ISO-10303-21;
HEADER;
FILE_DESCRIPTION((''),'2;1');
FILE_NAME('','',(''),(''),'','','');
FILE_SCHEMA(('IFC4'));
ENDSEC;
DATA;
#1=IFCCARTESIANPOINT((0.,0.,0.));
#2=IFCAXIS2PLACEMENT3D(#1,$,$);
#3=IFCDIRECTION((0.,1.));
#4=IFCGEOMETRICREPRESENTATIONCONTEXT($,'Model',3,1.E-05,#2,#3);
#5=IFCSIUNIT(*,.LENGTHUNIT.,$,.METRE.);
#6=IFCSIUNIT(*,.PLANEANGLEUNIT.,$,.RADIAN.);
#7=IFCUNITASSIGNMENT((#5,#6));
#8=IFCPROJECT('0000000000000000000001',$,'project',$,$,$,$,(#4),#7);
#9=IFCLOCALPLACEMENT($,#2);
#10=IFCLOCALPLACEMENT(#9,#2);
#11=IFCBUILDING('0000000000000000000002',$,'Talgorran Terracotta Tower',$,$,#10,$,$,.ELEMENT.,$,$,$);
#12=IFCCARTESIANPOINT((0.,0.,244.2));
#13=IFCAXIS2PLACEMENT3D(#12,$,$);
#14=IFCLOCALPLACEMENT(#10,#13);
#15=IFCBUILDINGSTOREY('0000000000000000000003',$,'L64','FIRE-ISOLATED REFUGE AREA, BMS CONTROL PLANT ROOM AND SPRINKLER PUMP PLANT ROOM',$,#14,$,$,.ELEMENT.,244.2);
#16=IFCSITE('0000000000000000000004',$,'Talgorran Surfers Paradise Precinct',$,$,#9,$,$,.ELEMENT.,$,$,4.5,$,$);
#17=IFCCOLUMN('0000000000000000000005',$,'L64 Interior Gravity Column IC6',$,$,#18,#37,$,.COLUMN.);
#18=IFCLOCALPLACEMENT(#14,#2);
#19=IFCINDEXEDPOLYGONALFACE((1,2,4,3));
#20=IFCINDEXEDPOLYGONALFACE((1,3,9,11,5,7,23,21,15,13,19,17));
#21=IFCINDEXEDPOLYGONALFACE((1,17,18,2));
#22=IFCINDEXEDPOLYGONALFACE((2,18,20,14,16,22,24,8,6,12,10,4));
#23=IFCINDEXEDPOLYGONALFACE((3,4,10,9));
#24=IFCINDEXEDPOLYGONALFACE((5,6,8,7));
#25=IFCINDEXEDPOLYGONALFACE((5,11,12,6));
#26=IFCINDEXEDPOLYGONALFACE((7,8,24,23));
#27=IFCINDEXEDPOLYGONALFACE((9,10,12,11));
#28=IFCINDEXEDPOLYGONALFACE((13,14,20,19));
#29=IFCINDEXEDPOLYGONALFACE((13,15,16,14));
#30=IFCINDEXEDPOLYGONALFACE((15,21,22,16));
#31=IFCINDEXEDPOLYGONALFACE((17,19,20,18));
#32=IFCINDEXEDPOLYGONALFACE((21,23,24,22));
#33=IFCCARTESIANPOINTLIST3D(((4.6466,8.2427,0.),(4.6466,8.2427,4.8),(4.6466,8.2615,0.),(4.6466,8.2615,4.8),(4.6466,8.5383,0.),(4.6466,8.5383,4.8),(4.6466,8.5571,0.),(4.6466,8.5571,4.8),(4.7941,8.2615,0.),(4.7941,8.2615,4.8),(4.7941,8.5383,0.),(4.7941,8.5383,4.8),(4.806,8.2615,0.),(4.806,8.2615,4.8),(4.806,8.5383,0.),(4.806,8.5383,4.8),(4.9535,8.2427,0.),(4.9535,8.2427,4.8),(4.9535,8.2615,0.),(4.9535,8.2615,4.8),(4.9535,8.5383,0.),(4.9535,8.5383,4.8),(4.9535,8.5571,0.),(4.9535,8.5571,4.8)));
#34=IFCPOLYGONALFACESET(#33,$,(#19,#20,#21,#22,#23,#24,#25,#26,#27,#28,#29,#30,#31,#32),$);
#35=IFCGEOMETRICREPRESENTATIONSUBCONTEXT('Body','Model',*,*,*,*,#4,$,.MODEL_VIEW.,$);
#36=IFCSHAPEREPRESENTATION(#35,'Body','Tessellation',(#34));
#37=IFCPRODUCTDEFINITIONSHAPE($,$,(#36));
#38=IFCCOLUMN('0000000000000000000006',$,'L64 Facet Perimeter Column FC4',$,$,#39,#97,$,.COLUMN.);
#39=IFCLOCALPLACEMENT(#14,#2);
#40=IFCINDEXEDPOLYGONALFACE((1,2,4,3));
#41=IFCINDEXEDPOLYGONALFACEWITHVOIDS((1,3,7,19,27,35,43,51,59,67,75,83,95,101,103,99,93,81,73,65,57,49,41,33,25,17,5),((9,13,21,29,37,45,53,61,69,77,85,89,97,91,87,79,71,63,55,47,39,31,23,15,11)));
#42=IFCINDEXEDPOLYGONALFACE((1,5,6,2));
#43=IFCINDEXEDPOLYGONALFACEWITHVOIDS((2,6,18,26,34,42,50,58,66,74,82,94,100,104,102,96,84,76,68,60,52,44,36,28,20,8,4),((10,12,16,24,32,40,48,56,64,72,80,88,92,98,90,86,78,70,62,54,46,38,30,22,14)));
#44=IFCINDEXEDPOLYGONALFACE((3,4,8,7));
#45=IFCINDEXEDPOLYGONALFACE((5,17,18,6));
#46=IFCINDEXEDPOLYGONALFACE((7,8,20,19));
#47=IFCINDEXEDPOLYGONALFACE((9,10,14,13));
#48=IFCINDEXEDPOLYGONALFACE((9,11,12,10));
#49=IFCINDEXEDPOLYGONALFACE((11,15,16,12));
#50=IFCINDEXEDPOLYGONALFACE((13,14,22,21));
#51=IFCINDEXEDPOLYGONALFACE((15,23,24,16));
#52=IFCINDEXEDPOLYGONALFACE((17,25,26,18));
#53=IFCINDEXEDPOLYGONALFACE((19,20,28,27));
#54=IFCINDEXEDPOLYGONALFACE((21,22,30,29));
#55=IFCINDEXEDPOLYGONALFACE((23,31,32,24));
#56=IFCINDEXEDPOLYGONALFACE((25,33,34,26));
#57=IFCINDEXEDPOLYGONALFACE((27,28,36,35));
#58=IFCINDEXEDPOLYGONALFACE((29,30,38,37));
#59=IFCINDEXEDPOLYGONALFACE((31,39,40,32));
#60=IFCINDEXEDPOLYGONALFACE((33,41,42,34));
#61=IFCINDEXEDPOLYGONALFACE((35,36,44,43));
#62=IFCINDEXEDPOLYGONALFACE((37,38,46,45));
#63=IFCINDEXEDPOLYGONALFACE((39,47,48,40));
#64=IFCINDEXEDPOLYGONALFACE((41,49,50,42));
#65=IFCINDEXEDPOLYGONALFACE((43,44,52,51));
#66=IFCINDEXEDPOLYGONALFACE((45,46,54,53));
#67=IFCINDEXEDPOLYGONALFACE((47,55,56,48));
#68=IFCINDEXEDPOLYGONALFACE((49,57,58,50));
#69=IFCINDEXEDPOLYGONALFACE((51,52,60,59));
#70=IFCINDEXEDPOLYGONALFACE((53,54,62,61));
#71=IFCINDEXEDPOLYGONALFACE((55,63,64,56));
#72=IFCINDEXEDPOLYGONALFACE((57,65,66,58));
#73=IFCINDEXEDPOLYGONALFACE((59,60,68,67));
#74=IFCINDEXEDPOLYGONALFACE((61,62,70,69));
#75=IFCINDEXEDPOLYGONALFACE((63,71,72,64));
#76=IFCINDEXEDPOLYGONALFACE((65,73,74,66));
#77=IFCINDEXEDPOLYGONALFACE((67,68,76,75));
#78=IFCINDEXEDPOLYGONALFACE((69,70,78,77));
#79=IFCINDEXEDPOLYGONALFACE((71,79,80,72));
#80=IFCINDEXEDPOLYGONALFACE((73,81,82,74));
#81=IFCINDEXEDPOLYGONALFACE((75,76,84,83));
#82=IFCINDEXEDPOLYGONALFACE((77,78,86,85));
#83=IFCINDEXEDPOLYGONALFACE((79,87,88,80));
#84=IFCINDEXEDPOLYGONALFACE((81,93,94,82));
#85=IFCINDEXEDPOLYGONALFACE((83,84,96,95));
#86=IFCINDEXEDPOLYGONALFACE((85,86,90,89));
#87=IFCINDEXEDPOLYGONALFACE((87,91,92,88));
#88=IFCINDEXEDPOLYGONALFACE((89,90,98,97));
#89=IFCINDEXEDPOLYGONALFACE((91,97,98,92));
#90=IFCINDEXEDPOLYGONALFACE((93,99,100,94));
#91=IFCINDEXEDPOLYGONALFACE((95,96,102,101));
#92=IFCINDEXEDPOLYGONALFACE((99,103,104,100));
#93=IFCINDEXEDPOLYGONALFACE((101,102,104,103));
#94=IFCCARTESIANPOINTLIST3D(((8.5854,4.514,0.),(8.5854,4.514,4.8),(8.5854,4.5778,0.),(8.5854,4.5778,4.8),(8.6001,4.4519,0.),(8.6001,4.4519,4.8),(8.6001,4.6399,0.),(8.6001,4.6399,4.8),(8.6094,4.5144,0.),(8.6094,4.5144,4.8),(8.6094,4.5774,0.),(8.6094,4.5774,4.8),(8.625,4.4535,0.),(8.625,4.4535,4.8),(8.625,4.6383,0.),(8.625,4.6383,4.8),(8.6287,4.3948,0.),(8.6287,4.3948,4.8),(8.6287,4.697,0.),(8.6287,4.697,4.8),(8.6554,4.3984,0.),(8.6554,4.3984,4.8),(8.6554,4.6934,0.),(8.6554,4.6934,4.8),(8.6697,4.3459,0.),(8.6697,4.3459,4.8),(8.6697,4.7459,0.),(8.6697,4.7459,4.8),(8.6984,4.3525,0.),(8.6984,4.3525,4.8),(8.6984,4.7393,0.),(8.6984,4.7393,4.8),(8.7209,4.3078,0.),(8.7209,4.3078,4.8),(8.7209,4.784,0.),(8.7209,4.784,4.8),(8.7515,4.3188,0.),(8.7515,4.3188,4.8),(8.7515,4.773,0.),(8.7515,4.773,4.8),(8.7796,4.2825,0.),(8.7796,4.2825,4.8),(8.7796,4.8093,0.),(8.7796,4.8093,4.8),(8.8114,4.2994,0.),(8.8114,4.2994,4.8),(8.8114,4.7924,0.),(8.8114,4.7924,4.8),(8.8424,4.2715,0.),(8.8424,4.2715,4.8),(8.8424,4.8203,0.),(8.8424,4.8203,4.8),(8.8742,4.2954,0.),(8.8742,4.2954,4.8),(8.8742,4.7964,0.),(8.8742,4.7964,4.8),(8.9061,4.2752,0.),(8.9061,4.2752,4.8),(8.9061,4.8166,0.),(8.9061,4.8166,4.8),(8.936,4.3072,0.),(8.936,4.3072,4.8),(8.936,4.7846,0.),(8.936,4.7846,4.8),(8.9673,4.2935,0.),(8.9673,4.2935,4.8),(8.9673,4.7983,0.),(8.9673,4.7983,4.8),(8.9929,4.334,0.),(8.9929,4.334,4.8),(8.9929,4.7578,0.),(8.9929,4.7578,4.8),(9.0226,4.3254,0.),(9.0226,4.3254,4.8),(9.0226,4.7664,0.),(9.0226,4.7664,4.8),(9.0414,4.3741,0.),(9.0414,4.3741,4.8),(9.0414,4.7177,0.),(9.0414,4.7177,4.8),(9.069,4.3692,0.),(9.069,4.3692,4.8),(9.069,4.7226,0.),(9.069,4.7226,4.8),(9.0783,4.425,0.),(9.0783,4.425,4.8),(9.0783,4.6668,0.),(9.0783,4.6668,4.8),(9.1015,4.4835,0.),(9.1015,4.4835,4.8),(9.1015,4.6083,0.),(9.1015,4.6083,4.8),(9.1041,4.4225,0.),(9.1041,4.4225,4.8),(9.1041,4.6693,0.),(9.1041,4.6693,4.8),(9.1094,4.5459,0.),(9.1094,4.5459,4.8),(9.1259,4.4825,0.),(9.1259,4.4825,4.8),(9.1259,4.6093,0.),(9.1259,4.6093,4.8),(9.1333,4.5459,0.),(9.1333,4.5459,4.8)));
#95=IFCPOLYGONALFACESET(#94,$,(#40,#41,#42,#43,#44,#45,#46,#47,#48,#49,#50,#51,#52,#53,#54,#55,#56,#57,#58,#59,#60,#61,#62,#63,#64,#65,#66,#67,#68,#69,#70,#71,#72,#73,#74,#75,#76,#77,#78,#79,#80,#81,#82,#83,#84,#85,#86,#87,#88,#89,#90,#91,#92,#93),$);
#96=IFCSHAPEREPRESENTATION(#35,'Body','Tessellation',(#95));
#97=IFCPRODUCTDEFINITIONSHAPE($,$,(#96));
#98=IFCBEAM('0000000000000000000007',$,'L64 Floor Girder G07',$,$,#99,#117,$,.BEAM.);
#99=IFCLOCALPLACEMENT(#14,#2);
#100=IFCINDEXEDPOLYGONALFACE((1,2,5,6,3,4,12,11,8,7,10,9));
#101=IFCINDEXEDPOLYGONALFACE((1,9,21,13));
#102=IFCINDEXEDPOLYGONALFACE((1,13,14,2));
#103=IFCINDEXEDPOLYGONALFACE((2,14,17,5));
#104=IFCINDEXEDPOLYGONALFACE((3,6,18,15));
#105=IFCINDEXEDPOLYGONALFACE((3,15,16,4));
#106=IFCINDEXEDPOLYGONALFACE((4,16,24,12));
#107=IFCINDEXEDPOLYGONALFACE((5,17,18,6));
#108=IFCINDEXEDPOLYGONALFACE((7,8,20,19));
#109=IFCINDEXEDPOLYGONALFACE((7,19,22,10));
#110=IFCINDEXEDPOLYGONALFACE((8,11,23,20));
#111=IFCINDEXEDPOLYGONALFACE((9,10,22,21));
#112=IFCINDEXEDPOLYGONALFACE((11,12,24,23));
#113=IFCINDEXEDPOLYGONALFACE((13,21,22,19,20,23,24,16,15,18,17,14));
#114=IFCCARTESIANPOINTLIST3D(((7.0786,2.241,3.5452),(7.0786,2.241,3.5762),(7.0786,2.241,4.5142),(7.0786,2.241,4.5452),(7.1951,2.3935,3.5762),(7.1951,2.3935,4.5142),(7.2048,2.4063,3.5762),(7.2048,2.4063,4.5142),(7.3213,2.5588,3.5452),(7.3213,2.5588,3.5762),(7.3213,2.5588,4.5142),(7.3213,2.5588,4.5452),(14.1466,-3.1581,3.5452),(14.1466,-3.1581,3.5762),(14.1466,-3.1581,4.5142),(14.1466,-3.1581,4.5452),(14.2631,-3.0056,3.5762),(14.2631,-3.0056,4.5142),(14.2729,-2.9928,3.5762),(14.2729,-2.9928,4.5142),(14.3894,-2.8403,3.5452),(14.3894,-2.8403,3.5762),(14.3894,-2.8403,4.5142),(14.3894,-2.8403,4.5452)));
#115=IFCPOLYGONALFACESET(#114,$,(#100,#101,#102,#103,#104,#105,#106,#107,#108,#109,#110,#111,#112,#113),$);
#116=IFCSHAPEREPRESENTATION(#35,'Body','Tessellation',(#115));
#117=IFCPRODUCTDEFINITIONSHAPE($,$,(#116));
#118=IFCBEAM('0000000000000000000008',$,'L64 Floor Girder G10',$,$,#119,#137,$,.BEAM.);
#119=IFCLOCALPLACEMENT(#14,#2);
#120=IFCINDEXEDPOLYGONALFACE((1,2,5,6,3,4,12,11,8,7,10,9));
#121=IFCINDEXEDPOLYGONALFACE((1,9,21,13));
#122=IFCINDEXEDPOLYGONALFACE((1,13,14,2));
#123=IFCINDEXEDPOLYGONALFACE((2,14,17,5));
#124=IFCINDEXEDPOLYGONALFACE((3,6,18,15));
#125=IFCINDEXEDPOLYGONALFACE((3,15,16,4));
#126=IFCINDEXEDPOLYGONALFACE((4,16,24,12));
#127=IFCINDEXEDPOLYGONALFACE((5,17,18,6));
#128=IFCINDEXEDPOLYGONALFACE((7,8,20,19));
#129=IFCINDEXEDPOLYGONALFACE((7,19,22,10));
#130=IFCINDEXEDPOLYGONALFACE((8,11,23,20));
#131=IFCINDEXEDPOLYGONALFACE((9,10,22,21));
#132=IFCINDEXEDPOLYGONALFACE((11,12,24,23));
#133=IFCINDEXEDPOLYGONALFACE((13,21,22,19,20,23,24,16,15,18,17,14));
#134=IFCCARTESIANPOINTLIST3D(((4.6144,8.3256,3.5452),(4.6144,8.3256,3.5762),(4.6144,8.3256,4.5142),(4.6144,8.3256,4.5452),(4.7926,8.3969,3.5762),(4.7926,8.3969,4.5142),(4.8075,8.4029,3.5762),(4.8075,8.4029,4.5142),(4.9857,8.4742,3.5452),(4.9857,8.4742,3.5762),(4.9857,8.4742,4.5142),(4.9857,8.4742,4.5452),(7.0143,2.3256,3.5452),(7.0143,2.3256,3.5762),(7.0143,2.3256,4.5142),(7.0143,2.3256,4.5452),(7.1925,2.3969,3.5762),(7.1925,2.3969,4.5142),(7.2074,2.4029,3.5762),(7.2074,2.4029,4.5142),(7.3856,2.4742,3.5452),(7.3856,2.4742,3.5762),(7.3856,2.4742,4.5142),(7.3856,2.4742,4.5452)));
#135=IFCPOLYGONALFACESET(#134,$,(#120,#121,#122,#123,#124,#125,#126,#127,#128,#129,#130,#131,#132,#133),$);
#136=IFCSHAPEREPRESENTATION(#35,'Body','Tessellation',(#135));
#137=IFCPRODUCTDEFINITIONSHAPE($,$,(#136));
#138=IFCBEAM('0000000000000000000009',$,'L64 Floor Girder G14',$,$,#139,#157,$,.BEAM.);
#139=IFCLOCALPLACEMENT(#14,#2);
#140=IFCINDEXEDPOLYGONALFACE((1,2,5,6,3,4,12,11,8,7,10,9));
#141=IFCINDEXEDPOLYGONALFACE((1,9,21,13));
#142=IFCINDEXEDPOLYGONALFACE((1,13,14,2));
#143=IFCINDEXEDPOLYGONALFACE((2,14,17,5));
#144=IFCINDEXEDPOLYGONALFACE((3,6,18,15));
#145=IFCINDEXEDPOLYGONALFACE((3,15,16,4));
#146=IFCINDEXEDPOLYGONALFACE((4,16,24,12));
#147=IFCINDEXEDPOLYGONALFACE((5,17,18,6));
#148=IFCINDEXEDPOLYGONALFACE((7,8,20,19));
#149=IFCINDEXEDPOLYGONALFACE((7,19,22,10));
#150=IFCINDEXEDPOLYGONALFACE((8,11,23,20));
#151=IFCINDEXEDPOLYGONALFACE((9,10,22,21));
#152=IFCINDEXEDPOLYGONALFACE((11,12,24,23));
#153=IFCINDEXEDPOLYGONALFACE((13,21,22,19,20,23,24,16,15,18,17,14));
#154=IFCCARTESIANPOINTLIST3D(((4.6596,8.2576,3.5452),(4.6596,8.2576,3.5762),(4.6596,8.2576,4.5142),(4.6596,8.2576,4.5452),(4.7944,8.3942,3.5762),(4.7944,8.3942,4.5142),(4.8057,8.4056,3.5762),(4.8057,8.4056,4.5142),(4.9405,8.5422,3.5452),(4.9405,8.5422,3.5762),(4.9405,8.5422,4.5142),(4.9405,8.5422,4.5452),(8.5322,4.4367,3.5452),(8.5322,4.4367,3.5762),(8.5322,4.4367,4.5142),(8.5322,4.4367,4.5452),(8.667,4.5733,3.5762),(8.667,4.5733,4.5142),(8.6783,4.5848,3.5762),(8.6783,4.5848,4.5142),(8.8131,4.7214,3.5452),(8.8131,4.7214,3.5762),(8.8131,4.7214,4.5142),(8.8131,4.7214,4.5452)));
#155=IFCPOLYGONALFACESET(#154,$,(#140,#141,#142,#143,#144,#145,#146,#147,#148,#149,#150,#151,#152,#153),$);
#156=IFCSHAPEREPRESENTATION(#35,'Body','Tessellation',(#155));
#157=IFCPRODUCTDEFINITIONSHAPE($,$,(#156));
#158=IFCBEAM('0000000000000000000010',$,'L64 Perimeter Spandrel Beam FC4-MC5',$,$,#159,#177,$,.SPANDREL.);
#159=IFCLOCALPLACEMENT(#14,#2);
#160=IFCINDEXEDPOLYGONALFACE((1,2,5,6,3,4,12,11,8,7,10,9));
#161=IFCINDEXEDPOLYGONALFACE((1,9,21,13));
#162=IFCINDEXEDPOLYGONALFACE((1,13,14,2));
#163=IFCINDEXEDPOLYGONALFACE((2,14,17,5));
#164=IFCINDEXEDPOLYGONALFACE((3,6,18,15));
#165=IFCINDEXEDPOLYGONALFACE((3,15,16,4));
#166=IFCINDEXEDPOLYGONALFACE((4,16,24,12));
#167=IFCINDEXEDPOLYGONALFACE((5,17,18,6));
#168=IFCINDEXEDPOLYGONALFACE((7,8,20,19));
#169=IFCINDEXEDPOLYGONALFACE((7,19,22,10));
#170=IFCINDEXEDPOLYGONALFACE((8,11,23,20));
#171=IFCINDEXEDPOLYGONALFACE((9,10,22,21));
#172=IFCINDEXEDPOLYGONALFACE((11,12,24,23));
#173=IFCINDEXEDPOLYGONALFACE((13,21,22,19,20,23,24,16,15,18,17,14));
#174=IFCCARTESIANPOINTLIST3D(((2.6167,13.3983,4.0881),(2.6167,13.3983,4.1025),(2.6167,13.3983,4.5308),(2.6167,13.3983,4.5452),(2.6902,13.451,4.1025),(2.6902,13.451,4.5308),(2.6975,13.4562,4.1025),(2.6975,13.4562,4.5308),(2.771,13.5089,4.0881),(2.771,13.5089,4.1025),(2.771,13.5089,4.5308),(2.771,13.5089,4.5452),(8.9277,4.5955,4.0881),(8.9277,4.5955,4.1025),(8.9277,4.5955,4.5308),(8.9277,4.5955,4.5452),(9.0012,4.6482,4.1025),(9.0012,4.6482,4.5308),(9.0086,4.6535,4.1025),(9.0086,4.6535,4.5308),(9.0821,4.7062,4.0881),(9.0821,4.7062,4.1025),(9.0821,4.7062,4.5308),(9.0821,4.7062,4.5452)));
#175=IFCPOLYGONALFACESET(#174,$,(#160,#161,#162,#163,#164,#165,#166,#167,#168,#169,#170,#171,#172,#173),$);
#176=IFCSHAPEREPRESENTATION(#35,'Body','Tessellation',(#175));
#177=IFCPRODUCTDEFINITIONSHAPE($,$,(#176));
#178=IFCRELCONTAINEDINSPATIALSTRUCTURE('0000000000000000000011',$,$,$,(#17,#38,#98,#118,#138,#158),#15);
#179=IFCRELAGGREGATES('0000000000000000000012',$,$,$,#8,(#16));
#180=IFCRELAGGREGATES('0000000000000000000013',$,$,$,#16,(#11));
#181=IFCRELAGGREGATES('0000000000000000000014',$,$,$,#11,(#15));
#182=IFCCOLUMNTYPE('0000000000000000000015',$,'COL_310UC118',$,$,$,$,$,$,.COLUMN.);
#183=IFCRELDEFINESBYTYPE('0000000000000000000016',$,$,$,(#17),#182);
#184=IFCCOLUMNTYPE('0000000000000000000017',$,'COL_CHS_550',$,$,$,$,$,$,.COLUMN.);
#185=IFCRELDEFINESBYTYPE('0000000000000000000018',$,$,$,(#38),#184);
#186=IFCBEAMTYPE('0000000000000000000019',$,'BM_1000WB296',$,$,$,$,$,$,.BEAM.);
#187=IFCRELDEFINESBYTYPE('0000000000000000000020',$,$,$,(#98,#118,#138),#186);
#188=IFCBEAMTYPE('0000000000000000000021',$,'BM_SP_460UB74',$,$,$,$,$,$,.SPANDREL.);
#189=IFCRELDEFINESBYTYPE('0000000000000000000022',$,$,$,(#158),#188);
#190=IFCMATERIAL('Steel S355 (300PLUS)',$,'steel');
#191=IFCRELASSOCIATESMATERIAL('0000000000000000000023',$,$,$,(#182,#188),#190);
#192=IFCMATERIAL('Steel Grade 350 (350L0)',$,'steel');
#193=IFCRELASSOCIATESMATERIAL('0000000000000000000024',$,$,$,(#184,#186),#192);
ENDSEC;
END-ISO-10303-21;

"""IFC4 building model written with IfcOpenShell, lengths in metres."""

from ifc_helpers import new_model, si_unit, direction, frame, origin, origin_2d, place, context, subcontext, project, spatial, hollow_circle, i_section, extrude, material, material_profile, profile_set, type_object, element, save


model = new_model("IFC4")

# Units and contexts
model_context = context("Model", 3, precision=1e-05, world=origin(), true_north=direction((0.0, 1.0)))
body_context = subcontext(model_context, "Body", "Model", "MODEL_VIEW")
ifc_project = project(units=[si_unit("LENGTHUNIT", "METRE"), si_unit("PLANEANGLEUNIT", "RADIAN")], contexts=[model_context])

# Site, building, storey
site_placement = place(None, origin())
site = spatial("IfcSite", under=ifc_project, at=site_placement, Name="Talgorran Surfers Paradise Precinct", CompositionType="ELEMENT", RefElevation=4.5)
building_placement = place(site_placement, origin())
building = spatial("IfcBuilding", under=site, at=building_placement, Name="Talgorran Terracotta Tower", CompositionType="ELEMENT")
storey_placement = place(building_placement, frame((0.0, 0.0, 244.2)))
storey = spatial("IfcBuildingStorey", under=building, at=storey_placement, Name="L64", Description="FIRE-ISOLATED REFUGE AREA, BMS CONTROL PLANT ROOM AND SPRINKLER PUMP PLANT ROOM", CompositionType="ELEMENT", Elevation=244.2)

# Columns
ifc_material_1 = material(Name="Steel S355 (300PLUS)", Category="steel")
ifc_material_profile_1 = material_profile(ifc_material_1, i_section(OverallWidth=0.3069, OverallDepth=0.3145, WebThickness=0.012, FlangeThickness=0.0188, at=origin_2d()), Name="310UC118")
ifc_profile_set_1 = profile_set([ifc_material_profile_1], Name="Steel S355 (300PLUS)")
column_type_1 = type_object("IfcColumnType", Name="COL_310UC118", PredefinedType="COLUMN", material=ifc_profile_set_1)
column_1_placement = place(storey_placement, frame((4.8, 8.3999, 0.0), z_axis=(0.0, 0.0, 1.0), x_axis=(1.0, 0.0, 0.0)))
element("IfcColumn", 1, at=column_1_placement, inside=storey, type_object=column_type_1, Name="L64 Interior Gravity Column IC6", PredefinedType="COLUMN", context=body_context, shape_type="SweptSolid", body=[
    extrude(i_section(OverallWidth=0.3069, OverallDepth=0.3145, WebThickness=0.012, FlangeThickness=0.0188, at=origin_2d()), origin(), (0.0, 0.0, 1.0), 4.8),
])
ifc_material_2 = material(Name="Steel Grade 350 (350L0)", Category="steel")
ifc_material_profile_2 = material_profile(ifc_material_2, hollow_circle(Radius=0.2749, WallThickness=0.0239, at=origin_2d()), Name="CHS550X24")
ifc_profile_set_2 = profile_set([ifc_material_profile_2], Name="Steel Grade 350 (350L0)")
column_type_2 = type_object("IfcColumnType", Name="COL_CHS_550", PredefinedType="COLUMN", material=ifc_profile_set_2)
column_2_placement = place(storey_placement, frame((8.8584, 4.5459, 0.0), z_axis=(0.0, 0.0, 1.0), x_axis=(1.0, 0.0, 0.0)))
element("IfcColumn", 2, at=column_2_placement, inside=storey, type_object=column_type_2, Name="L64 Facet Perimeter Column FC4", PredefinedType="COLUMN", context=body_context, shape_type="SweptSolid", body=[
    extrude(hollow_circle(Radius=0.2749, WallThickness=0.0239, at=origin_2d()), origin(), (0.0, 0.0, 1.0), 4.8),
])

# Beams
ifc_material_profile_3 = material_profile(ifc_material_2, i_section(OverallWidth=0.3999, OverallDepth=1.0, WebThickness=0.0161, FlangeThickness=0.031, at=origin_2d()), Name="1000WB296")
ifc_profile_set_3 = profile_set([ifc_material_profile_3], Name="Steel Grade 350 (350L0)")
beam_type_1 = type_object("IfcBeamType", Name="BM_1000WB296", PredefinedType="BEAM", material=ifc_profile_set_3)
beam_1_placement = place(storey_placement, frame((7.2, 2.3999, 4.0452), z_axis=(0.794676, -0.607034, 0.0), x_axis=(0.607034, 0.794676, 0.0)))
element("IfcBeam", 3, at=beam_1_placement, inside=storey, type_object=beam_type_1, Name="L64 Floor Girder G07", PredefinedType="BEAM", context=body_context, shape_type="SweptSolid", body=[
    extrude(i_section(OverallWidth=0.3999, OverallDepth=1.0, WebThickness=0.0161, FlangeThickness=0.031, at=origin_2d()), origin(), (0.0, 0.0, 1.0), 8.8943),
])
beam_2_placement = place(storey_placement, frame((7.2, 2.3999, 4.0452), z_axis=(-0.371378, 0.928482, 0.0), x_axis=(-0.928482, -0.371378, 0.0)))
element("IfcBeam", 4, at=beam_2_placement, inside=storey, type_object=beam_type_1, Name="L64 Floor Girder G10", PredefinedType="BEAM", context=body_context, shape_type="SweptSolid", body=[
    extrude(i_section(OverallWidth=0.3999, OverallDepth=1.0, WebThickness=0.0161, FlangeThickness=0.031, at=origin_2d()), origin(), (0.0, 0.0, 1.0), 6.4622),
])
beam_3_placement = place(storey_placement, frame((4.8, 8.3999, 4.0452), z_axis=(0.711848, -0.702334, 0.0), x_axis=(0.702334, 0.711848, 0.0)))
element("IfcBeam", 5, at=beam_3_placement, inside=storey, type_object=beam_type_1, Name="L64 Floor Girder G14", PredefinedType="BEAM", context=body_context, shape_type="SweptSolid", body=[
    extrude(i_section(OverallWidth=0.3999, OverallDepth=1.0, WebThickness=0.0161, FlangeThickness=0.031, at=origin_2d()), origin(), (0.0, 0.0, 1.0), 5.4402),
])
ifc_material_profile_4 = material_profile(ifc_material_1, i_section(OverallWidth=0.1899, OverallDepth=0.457, WebThickness=0.009, FlangeThickness=0.0144, at=origin_2d()), Name="460UB74.6")
ifc_profile_set_4 = profile_set([ifc_material_profile_4], Name="Steel S355 (300PLUS)")
beam_type_2 = type_object("IfcBeamType", Name="BM_SP_460UB74", PredefinedType="SPANDREL", material=ifc_profile_set_4)
beam_4_placement = place(storey_placement, frame((9.0049, 4.6509, 4.3167), z_axis=(-0.582666, 0.812712, 0.0), x_axis=(-0.812712, -0.582666, 0.0)))
element("IfcBeam", 6, at=beam_4_placement, inside=storey, type_object=beam_type_2, Name="L64 Perimeter Spandrel Beam FC4-MC5", PredefinedType="SPANDREL", context=body_context, shape_type="SweptSolid", body=[
    extrude(i_section(OverallWidth=0.1899, OverallDepth=0.457, WebThickness=0.009, FlangeThickness=0.0144, at=origin_2d()), origin(), (0.0, 0.0, 1.0), 10.8313),
])

save(model, "model.ifc")
